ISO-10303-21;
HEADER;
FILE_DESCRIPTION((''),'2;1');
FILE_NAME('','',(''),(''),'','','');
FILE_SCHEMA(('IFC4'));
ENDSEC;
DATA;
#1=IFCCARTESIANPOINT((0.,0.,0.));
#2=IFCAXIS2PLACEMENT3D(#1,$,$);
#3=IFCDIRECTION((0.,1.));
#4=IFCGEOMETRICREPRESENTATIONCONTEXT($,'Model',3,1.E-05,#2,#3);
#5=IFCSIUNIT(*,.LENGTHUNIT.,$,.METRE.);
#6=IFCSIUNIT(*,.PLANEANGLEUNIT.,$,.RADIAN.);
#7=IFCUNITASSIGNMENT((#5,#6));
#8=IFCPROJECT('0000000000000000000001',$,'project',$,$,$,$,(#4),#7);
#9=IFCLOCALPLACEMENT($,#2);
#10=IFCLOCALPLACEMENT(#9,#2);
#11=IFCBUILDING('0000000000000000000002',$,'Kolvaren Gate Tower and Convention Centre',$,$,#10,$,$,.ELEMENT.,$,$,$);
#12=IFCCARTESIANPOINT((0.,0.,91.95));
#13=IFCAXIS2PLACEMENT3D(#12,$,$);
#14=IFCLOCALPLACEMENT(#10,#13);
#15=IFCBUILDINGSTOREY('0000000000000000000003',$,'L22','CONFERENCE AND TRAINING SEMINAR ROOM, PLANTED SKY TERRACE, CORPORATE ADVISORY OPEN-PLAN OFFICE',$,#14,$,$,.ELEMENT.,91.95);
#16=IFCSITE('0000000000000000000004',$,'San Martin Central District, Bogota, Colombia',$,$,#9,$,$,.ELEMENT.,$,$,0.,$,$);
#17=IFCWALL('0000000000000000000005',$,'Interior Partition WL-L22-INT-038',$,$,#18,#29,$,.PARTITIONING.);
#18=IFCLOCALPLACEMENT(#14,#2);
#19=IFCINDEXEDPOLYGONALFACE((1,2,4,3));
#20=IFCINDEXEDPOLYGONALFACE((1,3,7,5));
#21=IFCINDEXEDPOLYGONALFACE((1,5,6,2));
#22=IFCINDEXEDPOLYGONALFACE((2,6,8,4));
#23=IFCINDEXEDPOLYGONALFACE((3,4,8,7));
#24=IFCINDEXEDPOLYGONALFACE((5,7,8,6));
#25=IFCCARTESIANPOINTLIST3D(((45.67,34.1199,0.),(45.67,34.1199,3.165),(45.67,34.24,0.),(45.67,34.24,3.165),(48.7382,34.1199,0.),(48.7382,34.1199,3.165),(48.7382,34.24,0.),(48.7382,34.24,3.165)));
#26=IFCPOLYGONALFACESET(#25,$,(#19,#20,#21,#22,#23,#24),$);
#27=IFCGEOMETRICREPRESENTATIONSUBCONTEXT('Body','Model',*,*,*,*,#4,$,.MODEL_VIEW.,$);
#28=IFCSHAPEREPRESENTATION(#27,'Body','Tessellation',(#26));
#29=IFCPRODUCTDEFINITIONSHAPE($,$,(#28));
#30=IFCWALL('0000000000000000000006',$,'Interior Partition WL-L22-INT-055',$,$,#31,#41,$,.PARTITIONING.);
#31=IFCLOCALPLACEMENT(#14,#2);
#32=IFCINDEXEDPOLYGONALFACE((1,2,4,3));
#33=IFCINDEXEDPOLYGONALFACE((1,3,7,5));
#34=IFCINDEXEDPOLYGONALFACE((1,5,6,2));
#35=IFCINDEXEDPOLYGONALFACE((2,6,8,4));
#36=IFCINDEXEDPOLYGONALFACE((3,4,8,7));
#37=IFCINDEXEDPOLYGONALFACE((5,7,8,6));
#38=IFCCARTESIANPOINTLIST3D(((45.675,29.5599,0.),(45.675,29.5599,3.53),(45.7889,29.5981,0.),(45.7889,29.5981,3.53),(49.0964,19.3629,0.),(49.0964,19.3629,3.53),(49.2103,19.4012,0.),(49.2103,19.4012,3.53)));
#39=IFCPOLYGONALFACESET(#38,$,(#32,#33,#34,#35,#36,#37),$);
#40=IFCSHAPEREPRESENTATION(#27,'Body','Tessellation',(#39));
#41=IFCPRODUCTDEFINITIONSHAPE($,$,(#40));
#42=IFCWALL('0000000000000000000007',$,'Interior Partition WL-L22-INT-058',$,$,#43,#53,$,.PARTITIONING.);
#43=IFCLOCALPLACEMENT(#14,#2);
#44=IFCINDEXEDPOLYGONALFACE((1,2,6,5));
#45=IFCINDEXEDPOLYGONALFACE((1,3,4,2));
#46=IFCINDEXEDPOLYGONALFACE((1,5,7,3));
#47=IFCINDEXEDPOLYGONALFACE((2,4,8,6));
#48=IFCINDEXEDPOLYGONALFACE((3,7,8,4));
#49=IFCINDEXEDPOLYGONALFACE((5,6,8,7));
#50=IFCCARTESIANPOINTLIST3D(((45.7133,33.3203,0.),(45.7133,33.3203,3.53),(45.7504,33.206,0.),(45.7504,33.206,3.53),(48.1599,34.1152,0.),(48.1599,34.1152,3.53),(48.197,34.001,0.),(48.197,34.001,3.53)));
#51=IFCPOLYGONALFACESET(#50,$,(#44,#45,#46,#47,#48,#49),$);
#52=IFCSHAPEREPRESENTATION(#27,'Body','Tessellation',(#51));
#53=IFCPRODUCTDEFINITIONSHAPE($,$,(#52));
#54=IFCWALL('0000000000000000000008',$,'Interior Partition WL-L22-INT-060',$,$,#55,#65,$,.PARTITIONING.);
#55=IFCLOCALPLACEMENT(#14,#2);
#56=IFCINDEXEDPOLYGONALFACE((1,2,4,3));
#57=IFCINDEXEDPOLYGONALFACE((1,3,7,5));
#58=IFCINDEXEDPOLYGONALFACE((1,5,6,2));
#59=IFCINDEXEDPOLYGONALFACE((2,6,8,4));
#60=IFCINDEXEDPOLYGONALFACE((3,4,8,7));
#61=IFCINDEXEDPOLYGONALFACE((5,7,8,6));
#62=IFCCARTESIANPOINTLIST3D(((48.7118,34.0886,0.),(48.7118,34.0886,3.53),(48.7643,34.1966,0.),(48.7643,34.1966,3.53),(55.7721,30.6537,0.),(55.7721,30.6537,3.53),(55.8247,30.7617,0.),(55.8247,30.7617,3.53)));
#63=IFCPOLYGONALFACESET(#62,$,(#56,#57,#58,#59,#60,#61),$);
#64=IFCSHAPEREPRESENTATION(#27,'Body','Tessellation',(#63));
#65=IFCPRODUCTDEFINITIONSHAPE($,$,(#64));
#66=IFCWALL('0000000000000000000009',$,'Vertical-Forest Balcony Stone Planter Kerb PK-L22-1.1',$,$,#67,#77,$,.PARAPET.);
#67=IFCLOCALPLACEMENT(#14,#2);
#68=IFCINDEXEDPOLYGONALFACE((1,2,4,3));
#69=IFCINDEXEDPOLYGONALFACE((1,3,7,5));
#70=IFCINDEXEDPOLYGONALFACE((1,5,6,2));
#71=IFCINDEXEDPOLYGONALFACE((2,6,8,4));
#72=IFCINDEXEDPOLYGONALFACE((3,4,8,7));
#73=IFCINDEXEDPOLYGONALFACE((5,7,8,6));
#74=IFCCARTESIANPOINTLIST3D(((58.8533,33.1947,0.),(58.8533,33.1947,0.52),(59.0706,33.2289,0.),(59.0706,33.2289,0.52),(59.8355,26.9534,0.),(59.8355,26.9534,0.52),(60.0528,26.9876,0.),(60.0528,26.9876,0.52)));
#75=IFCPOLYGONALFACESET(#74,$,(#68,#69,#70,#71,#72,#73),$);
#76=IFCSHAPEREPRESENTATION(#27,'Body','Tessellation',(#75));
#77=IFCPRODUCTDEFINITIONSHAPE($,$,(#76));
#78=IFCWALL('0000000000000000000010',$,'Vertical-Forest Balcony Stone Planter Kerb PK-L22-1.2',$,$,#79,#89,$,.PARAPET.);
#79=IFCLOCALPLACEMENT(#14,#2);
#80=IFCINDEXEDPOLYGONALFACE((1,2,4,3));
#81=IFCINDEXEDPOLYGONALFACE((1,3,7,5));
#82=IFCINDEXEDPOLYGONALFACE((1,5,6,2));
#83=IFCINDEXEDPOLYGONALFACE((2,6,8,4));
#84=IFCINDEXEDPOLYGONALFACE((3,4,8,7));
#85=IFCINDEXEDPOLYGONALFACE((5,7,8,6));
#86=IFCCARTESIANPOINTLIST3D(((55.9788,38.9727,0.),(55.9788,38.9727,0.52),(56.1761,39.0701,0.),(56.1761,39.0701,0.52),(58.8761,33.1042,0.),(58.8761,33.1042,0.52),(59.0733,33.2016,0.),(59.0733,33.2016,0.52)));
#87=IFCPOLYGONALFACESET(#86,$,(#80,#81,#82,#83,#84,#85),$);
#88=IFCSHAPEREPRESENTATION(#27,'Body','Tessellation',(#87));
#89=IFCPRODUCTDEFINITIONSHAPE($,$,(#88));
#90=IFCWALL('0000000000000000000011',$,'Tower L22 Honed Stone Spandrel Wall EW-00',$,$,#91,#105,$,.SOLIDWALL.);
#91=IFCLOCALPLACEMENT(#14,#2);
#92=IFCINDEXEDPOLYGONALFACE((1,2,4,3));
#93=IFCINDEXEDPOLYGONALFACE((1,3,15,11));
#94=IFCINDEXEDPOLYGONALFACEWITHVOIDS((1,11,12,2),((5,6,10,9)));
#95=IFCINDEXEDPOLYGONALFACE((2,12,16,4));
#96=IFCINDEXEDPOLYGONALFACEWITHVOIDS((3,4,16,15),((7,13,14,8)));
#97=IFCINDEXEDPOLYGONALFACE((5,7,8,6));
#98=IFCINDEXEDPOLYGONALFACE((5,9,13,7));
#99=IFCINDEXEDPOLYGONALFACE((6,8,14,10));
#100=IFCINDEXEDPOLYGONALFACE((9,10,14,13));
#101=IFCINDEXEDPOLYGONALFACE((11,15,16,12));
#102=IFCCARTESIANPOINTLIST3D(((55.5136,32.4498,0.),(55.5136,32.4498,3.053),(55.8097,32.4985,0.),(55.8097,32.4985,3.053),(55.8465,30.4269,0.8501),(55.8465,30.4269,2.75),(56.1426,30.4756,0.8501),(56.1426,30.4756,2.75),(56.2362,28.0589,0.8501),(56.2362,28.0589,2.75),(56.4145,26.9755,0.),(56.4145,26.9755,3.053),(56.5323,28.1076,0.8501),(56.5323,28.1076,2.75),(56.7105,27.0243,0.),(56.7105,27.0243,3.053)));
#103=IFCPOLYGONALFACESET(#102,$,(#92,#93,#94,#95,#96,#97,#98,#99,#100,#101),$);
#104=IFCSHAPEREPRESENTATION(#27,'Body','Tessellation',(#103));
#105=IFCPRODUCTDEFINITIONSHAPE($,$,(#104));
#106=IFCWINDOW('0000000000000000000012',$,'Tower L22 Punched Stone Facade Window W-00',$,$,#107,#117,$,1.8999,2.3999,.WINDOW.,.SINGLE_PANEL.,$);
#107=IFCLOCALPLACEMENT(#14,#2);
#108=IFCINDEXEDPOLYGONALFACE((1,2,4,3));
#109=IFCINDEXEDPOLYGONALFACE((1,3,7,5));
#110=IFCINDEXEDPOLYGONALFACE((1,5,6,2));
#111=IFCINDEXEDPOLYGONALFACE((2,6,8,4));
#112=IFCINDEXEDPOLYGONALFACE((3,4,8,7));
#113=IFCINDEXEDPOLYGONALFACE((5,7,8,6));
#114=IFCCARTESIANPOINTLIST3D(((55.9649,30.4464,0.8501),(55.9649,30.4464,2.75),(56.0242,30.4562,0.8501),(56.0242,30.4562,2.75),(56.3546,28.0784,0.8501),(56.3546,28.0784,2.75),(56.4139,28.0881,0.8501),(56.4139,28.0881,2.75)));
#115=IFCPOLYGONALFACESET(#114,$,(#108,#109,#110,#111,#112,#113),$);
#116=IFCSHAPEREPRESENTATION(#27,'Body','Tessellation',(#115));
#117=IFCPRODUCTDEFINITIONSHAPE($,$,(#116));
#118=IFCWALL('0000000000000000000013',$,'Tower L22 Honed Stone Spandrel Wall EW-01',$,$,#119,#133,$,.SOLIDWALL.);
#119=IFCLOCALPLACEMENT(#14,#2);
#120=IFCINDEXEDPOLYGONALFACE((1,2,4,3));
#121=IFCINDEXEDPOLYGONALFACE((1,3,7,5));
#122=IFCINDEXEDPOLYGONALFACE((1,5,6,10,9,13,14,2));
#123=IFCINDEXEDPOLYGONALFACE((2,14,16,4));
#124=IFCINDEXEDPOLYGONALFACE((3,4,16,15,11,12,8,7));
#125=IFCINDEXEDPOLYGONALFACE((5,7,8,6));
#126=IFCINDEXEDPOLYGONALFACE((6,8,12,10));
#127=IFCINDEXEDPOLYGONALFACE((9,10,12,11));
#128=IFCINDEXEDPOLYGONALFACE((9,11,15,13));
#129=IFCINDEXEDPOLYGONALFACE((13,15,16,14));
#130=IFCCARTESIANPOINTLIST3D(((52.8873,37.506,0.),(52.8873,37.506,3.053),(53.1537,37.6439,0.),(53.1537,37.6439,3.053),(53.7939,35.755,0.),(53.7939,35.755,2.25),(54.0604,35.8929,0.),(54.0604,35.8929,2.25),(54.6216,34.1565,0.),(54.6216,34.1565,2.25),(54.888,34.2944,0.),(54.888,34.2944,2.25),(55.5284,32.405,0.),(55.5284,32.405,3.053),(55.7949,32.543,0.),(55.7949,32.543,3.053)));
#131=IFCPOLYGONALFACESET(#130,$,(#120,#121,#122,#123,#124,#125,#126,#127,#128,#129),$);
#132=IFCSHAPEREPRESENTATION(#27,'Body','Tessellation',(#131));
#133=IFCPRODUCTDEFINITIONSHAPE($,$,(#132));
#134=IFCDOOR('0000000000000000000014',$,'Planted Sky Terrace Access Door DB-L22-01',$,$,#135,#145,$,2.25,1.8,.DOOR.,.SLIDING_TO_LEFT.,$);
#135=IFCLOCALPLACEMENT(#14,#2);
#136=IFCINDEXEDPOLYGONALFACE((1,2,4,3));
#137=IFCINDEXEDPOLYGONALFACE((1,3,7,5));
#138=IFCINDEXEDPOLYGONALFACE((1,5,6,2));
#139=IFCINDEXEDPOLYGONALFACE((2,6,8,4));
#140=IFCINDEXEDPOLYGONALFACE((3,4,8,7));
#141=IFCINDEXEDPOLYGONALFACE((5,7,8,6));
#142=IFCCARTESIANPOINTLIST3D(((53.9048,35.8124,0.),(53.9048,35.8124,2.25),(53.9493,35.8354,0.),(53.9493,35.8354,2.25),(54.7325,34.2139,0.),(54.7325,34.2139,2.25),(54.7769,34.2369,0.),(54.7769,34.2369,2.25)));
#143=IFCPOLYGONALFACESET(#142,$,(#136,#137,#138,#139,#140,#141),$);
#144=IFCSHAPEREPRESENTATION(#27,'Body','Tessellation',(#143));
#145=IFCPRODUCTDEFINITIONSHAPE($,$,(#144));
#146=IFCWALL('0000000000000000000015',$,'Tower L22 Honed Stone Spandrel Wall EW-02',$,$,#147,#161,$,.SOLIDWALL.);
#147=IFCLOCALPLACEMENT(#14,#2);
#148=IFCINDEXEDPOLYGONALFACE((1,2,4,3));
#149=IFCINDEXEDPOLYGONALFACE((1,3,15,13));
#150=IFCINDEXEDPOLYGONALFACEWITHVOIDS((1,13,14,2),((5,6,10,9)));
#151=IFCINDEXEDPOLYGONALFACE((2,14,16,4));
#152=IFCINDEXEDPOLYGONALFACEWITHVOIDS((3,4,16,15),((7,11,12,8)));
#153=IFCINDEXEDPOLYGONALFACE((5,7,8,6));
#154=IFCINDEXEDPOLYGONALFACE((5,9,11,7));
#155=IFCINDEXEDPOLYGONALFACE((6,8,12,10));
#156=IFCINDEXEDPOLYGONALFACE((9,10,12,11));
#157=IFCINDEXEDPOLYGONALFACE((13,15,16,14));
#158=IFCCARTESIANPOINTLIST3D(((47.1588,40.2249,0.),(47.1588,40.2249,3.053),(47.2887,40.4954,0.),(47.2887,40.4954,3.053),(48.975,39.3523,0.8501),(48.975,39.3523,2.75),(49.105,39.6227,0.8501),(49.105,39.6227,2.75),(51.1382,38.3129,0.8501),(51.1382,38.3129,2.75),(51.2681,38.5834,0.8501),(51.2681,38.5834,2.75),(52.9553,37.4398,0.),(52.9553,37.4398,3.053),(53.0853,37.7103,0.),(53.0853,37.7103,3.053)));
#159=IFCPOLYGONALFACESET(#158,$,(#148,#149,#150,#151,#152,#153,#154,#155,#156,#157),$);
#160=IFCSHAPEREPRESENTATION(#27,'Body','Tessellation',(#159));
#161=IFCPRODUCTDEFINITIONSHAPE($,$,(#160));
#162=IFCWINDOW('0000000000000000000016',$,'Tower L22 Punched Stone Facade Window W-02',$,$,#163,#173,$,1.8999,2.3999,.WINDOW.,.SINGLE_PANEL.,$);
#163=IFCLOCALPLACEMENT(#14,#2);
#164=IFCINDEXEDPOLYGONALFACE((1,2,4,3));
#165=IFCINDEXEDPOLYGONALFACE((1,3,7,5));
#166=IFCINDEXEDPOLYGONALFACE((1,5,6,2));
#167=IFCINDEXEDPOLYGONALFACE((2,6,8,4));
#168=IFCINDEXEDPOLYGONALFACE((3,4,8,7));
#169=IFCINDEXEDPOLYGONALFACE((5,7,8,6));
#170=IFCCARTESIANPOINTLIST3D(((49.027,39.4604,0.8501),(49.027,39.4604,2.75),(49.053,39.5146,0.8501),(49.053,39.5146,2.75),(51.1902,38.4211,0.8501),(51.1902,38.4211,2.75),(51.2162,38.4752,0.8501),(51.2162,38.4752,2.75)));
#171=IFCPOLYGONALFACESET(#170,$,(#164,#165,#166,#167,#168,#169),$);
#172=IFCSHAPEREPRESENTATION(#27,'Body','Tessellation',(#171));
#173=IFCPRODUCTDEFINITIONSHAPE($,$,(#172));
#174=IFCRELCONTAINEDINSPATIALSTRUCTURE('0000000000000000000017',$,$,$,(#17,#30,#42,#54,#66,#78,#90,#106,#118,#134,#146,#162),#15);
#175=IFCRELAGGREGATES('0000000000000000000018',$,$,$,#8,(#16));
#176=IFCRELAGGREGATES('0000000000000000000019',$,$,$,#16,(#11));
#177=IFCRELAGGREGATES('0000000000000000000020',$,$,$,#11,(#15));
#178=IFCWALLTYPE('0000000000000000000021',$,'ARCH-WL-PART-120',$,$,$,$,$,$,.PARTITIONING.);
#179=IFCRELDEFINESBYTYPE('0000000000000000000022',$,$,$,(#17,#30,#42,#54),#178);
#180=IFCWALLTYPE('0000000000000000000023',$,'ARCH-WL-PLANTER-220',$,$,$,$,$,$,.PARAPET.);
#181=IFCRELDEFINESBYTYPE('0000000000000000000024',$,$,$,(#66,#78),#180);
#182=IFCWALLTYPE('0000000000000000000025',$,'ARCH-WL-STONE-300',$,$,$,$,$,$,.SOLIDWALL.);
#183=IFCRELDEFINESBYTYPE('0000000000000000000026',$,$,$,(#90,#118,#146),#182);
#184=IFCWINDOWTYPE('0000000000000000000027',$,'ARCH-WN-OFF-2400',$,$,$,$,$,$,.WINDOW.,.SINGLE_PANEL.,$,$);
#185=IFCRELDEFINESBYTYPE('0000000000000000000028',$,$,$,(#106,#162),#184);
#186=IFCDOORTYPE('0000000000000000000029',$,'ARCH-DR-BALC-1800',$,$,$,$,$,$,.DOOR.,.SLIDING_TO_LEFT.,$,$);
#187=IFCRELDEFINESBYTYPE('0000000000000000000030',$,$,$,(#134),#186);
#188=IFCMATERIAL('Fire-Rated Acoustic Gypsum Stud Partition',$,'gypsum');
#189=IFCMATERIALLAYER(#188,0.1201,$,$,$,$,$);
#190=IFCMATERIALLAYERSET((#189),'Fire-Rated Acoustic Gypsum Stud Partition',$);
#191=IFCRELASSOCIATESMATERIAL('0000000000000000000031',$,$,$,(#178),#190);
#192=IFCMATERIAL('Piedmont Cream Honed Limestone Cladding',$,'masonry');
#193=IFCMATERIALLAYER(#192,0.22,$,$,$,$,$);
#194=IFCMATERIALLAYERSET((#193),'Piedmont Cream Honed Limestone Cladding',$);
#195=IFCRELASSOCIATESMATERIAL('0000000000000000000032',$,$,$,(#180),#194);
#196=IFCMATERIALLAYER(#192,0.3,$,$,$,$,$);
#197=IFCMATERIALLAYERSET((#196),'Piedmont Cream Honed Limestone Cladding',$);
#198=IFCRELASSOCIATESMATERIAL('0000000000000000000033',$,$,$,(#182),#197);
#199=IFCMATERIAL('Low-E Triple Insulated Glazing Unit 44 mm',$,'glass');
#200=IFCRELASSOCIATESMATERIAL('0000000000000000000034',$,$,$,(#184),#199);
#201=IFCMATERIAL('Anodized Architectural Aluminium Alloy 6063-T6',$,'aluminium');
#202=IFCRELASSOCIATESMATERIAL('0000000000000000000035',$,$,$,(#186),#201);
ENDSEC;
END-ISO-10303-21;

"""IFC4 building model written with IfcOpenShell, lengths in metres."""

from ifc_helpers import new_model, si_unit, direction, frame, frame_2d, origin, place, context, subcontext, project, spatial, rectangle, extrude, material, layer, layer_set, type_object, element, fill, save


model = new_model("IFC4")

# Units and contexts
model_context = context("Model", 3, precision=1e-05, world=origin(), true_north=direction((0.0, 1.0)))
body_context = subcontext(model_context, "Body", "Model", "MODEL_VIEW")
ifc_project = project(units=[si_unit("LENGTHUNIT", "METRE"), si_unit("PLANEANGLEUNIT", "RADIAN")], contexts=[model_context])

# Site, building, storey
site_placement = place(None, origin())
site = spatial("IfcSite", under=ifc_project, at=site_placement, Name="San Martin Central District, Bogota, Colombia", CompositionType="ELEMENT", RefElevation=0.0)
building_placement = place(site_placement, origin())
building = spatial("IfcBuilding", under=site, at=building_placement, Name="Kolvaren Gate Tower and Convention Centre", CompositionType="ELEMENT")
storey_placement = place(building_placement, frame((0.0, 0.0, 91.95)))
storey = spatial("IfcBuildingStorey", under=building, at=storey_placement, Name="L22", Description="CONFERENCE AND TRAINING SEMINAR ROOM, PLANTED SKY TERRACE, CORPORATE ADVISORY OPEN-PLAN OFFICE", CompositionType="ELEMENT", Elevation=91.95)

# Shared definitions
ifc_material_1 = material(Name="Anodized Architectural Aluminium Alloy 6063-T6", Category="aluminium")

# Shared definitions
ifc_material_2 = material(Name="Fire-Rated Acoustic Gypsum Stud Partition", Category="gypsum")
ifc_layer_1 = layer(ifc_material_2, 0.1201)
ifc_layer_set_1 = layer_set([ifc_layer_1], Name="Fire-Rated Acoustic Gypsum Stud Partition")
wall_type_1 = type_object("IfcWallType", Name="ARCH-WL-PART-120", PredefinedType="PARTITIONING", material=ifc_layer_set_1)

# Walls
wall_1_placement = place(storey_placement, frame((45.6699, 34.1799, 0.0), z_axis=(0.0, 0.0, 1.0), x_axis=(1.0, 0.0, 0.0)))
element("IfcWall", 1, at=wall_1_placement, inside=storey, type_object=wall_type_1, Name="Interior Partition WL-L22-INT-038", PredefinedType="PARTITIONING", context=body_context, shape_type="SweptSolid", body=[
    extrude(rectangle(XDim=3.0681, YDim=0.1201, at=frame_2d((1.5342, 0.0))), origin(), (0.0, 0.0, 1.0), 3.165),
])
wall_2_placement = place(storey_placement, frame((45.7319, 29.5791, 0.0), z_axis=(0.0, 0.0, 1.0), x_axis=(0.3181, -0.948057, 0.0)))
element("IfcWall", 2, at=wall_2_placement, inside=storey, type_object=wall_type_1, Name="Interior Partition WL-L22-INT-055", PredefinedType="PARTITIONING", context=body_context, shape_type="SweptSolid", body=[
    extrude(rectangle(XDim=10.7556, YDim=0.1201, at=frame_2d((5.3779, 0.0))), origin(), (0.0, 0.0, 1.0), 3.53),
])
wall_3_placement = place(storey_placement, frame((45.7319, 33.2632, 0.0), z_axis=(0.0, 0.0, 1.0), x_axis=(0.951057, 0.309015, 0.0)))
element("IfcWall", 3, at=wall_3_placement, inside=storey, type_object=wall_type_1, Name="Interior Partition WL-L22-INT-058", PredefinedType="PARTITIONING", context=body_context, shape_type="SweptSolid", body=[
    extrude(rectangle(XDim=2.5725, YDim=0.1201, at=frame_2d((1.2861, 0.0))), origin(), (0.0, 0.0, 1.0), 3.53),
])
wall_4_placement = place(storey_placement, frame((48.738, 34.1426, 0.0), z_axis=(0.0, 0.0, 1.0), x_axis=(0.899231, -0.437473, 0.0)))
element("IfcWall", 4, at=wall_4_placement, inside=storey, type_object=wall_type_1, Name="Interior Partition WL-L22-INT-060", PredefinedType="PARTITIONING", context=body_context, shape_type="SweptSolid", body=[
    extrude(rectangle(XDim=7.8516, YDim=0.1201, at=frame_2d((3.9258, 0.0))), origin(), (0.0, 0.0, 1.0), 3.53),
])
ifc_material_3 = material(Name="Piedmont Cream Honed Limestone Cladding", Category="masonry")
ifc_layer_2 = layer(ifc_material_3, 0.22)
ifc_layer_set_2 = layer_set([ifc_layer_2], Name="Piedmont Cream Honed Limestone Cladding")
wall_type_2 = type_object("IfcWallType", Name="ARCH-WL-PLANTER-220", PredefinedType="PARAPET", material=ifc_layer_set_2)
wall_5_placement = place(storey_placement, frame((58.9619, 33.2119, 0.0), z_axis=(0.0, 0.0, 1.0), x_axis=(0.155457, -0.987843, 0.0)))
element("IfcWall", 5, at=wall_5_placement, inside=storey, type_object=wall_type_2, Name="Vertical-Forest Balcony Stone Planter Kerb PK-L22-1.1", PredefinedType="PARAPET", context=body_context, shape_type="SweptSolid", body=[
    extrude(rectangle(XDim=6.3181, YDim=0.22, at=frame_2d((3.1592, 0.0))), origin(), (0.0, 0.0, 1.0), 0.52),
])
wall_6_placement = place(storey_placement, frame((56.0774, 39.0215, 0.0), z_axis=(0.0, 0.0, 1.0), x_axis=(0.442687, -0.896676, 0.0)))
element("IfcWall", 6, at=wall_6_placement, inside=storey, type_object=wall_type_2, Name="Vertical-Forest Balcony Stone Planter Kerb PK-L22-1.2", PredefinedType="PARAPET", context=body_context, shape_type="SweptSolid", body=[
    extrude(rectangle(XDim=6.5447, YDim=0.22, at=frame_2d((3.2725, 0.0))), origin(), (0.0, 0.0, 1.0), 0.52),
])

# Wall, opening, window
ifc_layer_3 = layer(ifc_material_3, 0.3)
ifc_layer_set_3 = layer_set([ifc_layer_3], Name="Piedmont Cream Honed Limestone Cladding")
wall_type_3 = type_object("IfcWallType", Name="ARCH-WL-STONE-300", PredefinedType="SOLIDWALL", material=ifc_layer_set_3)
wall_7_placement = place(storey_placement, frame((55.6616, 32.4741, 0.0), z_axis=(0.0, 0.0, 1.0), x_axis=(0.162386, -0.986727, 0.0)))
wall_7 = element("IfcWall", 7, at=wall_7_placement, inside=storey, type_object=wall_type_3, Name="Tower L22 Honed Stone Spandrel Wall EW-00", PredefinedType="SOLIDWALL", context=body_context, shape_type="SweptSolid", body=[
    extrude(rectangle(XDim=5.5479, YDim=0.3, at=frame_2d((2.7739, 0.0))), origin(), (0.0, 0.0, 1.0), 3.053),
])
opening_1_placement = place(wall_7_placement, frame((2.05, 0.0, 0.8501)))
opening_1 = element("IfcOpeningElement", 8, at=opening_1_placement, cuts=wall_7, PredefinedType="OPENING", context=body_context, shape_type="SweptSolid", body=[
    extrude(rectangle(XDim=2.3999, YDim=1.8999, at=frame_2d((1.2, 0.95))), frame((0.0, 0.1599, 0.0), z_axis=(0.0, -1.0, 0.0), x_axis=(1.0, 0.0, 0.0)), (0.0, 0.0, 1.0), 0.3201),
])
ifc_material_4 = material(Name="Low-E Triple Insulated Glazing Unit 44 mm", Category="glass")
window_type = type_object("IfcWindowType", Name="ARCH-WN-OFF-2400", PartitioningType="SINGLE_PANEL", PredefinedType="WINDOW", material=ifc_material_4)
window_1_placement = place(opening_1_placement, origin())
window_1 = element("IfcWindow", 9, at=window_1_placement, inside=storey, type_object=window_type, Name="Tower L22 Punched Stone Facade Window W-00", OverallHeight=1.8999, OverallWidth=2.3999, PartitioningType="SINGLE_PANEL", PredefinedType="WINDOW", context=body_context, shape_type="SweptSolid", body=[
    extrude(rectangle(XDim=2.3999, YDim=1.8999, at=frame_2d((1.2, 0.95))), frame((0.0, 0.03, 0.0), z_axis=(0.0, -1.0, 0.0), x_axis=(1.0, 0.0, 0.0)), (0.0, 0.0, 1.0), 0.0601),
])
fill(opening_1, window_1)

# Wall, opening, door
wall_8_placement = place(storey_placement, frame((53.0205, 37.575, 0.0), z_axis=(0.0, 0.0, 1.0), x_axis=(0.459801, -0.888022, 0.0)))
wall_8 = element("IfcWall", 10, at=wall_8_placement, inside=storey, type_object=wall_type_3, Name="Tower L22 Honed Stone Spandrel Wall EW-01", PredefinedType="SOLIDWALL", context=body_context, shape_type="SweptSolid", body=[
    extrude(rectangle(XDim=5.7441, YDim=0.3, at=frame_2d((2.8721, 0.0))), origin(), (0.0, 0.0, 1.0), 3.053),
])
opening_2_placement = place(wall_8_placement, frame((1.9719, 0.0, 0.0)))
opening_2 = element("IfcOpeningElement", 11, at=opening_2_placement, cuts=wall_8, PredefinedType="OPENING", context=body_context, shape_type="SweptSolid", body=[
    extrude(rectangle(XDim=1.8, YDim=2.25, at=frame_2d((0.8999, 1.125))), frame((0.0, 0.1599, 0.0), z_axis=(0.0, -1.0, 0.0), x_axis=(1.0, 0.0, 0.0)), (0.0, 0.0, 1.0), 0.3201),
])
door_type_1 = type_object("IfcDoorType", Name="ARCH-DR-BALC-1800", OperationType="SLIDING_TO_LEFT", PredefinedType="DOOR", material=ifc_material_1)
door_1_placement = place(opening_2_placement, origin())
door_1 = element("IfcDoor", 12, at=door_1_placement, inside=storey, type_object=door_type_1, Name="Planted Sky Terrace Access Door DB-L22-01", OperationType="SLIDING_TO_LEFT", OverallHeight=2.25, OverallWidth=1.8, PredefinedType="DOOR", context=body_context, shape_type="SweptSolid", body=[
    extrude(rectangle(XDim=1.8, YDim=2.25, at=frame_2d((0.8999, 1.125))), frame((0.0, 0.0249, 0.0), z_axis=(0.0, -1.0, 0.0), x_axis=(1.0, 0.0, 0.0)), (0.0, 0.0, 1.0), 0.05),
])
fill(opening_2, door_1)

# Wall, opening, window
wall_9_placement = place(storey_placement, frame((47.2239, 40.3601, 0.0), z_axis=(0.0, 0.0, 1.0), x_axis=(0.901355, -0.433082, 0.0)))
wall_9 = element("IfcWall", 13, at=wall_9_placement, inside=storey, type_object=wall_type_3, Name="Tower L22 Honed Stone Spandrel Wall EW-02", PredefinedType="SOLIDWALL", context=body_context, shape_type="SweptSolid", body=[
    extrude(rectangle(XDim=6.4309, YDim=0.3, at=frame_2d((3.2153, 0.0))), origin(), (0.0, 0.0, 1.0), 3.053),
])
opening_3_placement = place(wall_9_placement, frame((2.0149, 0.0, 0.8501)))
opening_3 = element("IfcOpeningElement", 14, at=opening_3_placement, cuts=wall_9, PredefinedType="OPENING", context=body_context, shape_type="SweptSolid", body=[
    extrude(rectangle(XDim=2.3999, YDim=1.8999, at=frame_2d((1.2, 0.95))), frame((0.0, 0.1599, 0.0), z_axis=(0.0, -1.0, 0.0), x_axis=(1.0, 0.0, 0.0)), (0.0, 0.0, 1.0), 0.3201),
])
window_2_placement = place(opening_3_placement, origin())
window_2 = element("IfcWindow", 15, at=window_2_placement, inside=storey, type_object=window_type, Name="Tower L22 Punched Stone Facade Window W-02", OverallHeight=1.8999, OverallWidth=2.3999, PartitioningType="SINGLE_PANEL", PredefinedType="WINDOW", context=body_context, shape_type="SweptSolid", body=[
    extrude(rectangle(XDim=2.3999, YDim=1.8999, at=frame_2d((1.2, 0.95))), frame((0.0, 0.03, 0.0), z_axis=(0.0, -1.0, 0.0), x_axis=(1.0, 0.0, 0.0)), (0.0, 0.0, 1.0), 0.0601),
])
fill(opening_3, window_2)

save(model, "model.ifc")
